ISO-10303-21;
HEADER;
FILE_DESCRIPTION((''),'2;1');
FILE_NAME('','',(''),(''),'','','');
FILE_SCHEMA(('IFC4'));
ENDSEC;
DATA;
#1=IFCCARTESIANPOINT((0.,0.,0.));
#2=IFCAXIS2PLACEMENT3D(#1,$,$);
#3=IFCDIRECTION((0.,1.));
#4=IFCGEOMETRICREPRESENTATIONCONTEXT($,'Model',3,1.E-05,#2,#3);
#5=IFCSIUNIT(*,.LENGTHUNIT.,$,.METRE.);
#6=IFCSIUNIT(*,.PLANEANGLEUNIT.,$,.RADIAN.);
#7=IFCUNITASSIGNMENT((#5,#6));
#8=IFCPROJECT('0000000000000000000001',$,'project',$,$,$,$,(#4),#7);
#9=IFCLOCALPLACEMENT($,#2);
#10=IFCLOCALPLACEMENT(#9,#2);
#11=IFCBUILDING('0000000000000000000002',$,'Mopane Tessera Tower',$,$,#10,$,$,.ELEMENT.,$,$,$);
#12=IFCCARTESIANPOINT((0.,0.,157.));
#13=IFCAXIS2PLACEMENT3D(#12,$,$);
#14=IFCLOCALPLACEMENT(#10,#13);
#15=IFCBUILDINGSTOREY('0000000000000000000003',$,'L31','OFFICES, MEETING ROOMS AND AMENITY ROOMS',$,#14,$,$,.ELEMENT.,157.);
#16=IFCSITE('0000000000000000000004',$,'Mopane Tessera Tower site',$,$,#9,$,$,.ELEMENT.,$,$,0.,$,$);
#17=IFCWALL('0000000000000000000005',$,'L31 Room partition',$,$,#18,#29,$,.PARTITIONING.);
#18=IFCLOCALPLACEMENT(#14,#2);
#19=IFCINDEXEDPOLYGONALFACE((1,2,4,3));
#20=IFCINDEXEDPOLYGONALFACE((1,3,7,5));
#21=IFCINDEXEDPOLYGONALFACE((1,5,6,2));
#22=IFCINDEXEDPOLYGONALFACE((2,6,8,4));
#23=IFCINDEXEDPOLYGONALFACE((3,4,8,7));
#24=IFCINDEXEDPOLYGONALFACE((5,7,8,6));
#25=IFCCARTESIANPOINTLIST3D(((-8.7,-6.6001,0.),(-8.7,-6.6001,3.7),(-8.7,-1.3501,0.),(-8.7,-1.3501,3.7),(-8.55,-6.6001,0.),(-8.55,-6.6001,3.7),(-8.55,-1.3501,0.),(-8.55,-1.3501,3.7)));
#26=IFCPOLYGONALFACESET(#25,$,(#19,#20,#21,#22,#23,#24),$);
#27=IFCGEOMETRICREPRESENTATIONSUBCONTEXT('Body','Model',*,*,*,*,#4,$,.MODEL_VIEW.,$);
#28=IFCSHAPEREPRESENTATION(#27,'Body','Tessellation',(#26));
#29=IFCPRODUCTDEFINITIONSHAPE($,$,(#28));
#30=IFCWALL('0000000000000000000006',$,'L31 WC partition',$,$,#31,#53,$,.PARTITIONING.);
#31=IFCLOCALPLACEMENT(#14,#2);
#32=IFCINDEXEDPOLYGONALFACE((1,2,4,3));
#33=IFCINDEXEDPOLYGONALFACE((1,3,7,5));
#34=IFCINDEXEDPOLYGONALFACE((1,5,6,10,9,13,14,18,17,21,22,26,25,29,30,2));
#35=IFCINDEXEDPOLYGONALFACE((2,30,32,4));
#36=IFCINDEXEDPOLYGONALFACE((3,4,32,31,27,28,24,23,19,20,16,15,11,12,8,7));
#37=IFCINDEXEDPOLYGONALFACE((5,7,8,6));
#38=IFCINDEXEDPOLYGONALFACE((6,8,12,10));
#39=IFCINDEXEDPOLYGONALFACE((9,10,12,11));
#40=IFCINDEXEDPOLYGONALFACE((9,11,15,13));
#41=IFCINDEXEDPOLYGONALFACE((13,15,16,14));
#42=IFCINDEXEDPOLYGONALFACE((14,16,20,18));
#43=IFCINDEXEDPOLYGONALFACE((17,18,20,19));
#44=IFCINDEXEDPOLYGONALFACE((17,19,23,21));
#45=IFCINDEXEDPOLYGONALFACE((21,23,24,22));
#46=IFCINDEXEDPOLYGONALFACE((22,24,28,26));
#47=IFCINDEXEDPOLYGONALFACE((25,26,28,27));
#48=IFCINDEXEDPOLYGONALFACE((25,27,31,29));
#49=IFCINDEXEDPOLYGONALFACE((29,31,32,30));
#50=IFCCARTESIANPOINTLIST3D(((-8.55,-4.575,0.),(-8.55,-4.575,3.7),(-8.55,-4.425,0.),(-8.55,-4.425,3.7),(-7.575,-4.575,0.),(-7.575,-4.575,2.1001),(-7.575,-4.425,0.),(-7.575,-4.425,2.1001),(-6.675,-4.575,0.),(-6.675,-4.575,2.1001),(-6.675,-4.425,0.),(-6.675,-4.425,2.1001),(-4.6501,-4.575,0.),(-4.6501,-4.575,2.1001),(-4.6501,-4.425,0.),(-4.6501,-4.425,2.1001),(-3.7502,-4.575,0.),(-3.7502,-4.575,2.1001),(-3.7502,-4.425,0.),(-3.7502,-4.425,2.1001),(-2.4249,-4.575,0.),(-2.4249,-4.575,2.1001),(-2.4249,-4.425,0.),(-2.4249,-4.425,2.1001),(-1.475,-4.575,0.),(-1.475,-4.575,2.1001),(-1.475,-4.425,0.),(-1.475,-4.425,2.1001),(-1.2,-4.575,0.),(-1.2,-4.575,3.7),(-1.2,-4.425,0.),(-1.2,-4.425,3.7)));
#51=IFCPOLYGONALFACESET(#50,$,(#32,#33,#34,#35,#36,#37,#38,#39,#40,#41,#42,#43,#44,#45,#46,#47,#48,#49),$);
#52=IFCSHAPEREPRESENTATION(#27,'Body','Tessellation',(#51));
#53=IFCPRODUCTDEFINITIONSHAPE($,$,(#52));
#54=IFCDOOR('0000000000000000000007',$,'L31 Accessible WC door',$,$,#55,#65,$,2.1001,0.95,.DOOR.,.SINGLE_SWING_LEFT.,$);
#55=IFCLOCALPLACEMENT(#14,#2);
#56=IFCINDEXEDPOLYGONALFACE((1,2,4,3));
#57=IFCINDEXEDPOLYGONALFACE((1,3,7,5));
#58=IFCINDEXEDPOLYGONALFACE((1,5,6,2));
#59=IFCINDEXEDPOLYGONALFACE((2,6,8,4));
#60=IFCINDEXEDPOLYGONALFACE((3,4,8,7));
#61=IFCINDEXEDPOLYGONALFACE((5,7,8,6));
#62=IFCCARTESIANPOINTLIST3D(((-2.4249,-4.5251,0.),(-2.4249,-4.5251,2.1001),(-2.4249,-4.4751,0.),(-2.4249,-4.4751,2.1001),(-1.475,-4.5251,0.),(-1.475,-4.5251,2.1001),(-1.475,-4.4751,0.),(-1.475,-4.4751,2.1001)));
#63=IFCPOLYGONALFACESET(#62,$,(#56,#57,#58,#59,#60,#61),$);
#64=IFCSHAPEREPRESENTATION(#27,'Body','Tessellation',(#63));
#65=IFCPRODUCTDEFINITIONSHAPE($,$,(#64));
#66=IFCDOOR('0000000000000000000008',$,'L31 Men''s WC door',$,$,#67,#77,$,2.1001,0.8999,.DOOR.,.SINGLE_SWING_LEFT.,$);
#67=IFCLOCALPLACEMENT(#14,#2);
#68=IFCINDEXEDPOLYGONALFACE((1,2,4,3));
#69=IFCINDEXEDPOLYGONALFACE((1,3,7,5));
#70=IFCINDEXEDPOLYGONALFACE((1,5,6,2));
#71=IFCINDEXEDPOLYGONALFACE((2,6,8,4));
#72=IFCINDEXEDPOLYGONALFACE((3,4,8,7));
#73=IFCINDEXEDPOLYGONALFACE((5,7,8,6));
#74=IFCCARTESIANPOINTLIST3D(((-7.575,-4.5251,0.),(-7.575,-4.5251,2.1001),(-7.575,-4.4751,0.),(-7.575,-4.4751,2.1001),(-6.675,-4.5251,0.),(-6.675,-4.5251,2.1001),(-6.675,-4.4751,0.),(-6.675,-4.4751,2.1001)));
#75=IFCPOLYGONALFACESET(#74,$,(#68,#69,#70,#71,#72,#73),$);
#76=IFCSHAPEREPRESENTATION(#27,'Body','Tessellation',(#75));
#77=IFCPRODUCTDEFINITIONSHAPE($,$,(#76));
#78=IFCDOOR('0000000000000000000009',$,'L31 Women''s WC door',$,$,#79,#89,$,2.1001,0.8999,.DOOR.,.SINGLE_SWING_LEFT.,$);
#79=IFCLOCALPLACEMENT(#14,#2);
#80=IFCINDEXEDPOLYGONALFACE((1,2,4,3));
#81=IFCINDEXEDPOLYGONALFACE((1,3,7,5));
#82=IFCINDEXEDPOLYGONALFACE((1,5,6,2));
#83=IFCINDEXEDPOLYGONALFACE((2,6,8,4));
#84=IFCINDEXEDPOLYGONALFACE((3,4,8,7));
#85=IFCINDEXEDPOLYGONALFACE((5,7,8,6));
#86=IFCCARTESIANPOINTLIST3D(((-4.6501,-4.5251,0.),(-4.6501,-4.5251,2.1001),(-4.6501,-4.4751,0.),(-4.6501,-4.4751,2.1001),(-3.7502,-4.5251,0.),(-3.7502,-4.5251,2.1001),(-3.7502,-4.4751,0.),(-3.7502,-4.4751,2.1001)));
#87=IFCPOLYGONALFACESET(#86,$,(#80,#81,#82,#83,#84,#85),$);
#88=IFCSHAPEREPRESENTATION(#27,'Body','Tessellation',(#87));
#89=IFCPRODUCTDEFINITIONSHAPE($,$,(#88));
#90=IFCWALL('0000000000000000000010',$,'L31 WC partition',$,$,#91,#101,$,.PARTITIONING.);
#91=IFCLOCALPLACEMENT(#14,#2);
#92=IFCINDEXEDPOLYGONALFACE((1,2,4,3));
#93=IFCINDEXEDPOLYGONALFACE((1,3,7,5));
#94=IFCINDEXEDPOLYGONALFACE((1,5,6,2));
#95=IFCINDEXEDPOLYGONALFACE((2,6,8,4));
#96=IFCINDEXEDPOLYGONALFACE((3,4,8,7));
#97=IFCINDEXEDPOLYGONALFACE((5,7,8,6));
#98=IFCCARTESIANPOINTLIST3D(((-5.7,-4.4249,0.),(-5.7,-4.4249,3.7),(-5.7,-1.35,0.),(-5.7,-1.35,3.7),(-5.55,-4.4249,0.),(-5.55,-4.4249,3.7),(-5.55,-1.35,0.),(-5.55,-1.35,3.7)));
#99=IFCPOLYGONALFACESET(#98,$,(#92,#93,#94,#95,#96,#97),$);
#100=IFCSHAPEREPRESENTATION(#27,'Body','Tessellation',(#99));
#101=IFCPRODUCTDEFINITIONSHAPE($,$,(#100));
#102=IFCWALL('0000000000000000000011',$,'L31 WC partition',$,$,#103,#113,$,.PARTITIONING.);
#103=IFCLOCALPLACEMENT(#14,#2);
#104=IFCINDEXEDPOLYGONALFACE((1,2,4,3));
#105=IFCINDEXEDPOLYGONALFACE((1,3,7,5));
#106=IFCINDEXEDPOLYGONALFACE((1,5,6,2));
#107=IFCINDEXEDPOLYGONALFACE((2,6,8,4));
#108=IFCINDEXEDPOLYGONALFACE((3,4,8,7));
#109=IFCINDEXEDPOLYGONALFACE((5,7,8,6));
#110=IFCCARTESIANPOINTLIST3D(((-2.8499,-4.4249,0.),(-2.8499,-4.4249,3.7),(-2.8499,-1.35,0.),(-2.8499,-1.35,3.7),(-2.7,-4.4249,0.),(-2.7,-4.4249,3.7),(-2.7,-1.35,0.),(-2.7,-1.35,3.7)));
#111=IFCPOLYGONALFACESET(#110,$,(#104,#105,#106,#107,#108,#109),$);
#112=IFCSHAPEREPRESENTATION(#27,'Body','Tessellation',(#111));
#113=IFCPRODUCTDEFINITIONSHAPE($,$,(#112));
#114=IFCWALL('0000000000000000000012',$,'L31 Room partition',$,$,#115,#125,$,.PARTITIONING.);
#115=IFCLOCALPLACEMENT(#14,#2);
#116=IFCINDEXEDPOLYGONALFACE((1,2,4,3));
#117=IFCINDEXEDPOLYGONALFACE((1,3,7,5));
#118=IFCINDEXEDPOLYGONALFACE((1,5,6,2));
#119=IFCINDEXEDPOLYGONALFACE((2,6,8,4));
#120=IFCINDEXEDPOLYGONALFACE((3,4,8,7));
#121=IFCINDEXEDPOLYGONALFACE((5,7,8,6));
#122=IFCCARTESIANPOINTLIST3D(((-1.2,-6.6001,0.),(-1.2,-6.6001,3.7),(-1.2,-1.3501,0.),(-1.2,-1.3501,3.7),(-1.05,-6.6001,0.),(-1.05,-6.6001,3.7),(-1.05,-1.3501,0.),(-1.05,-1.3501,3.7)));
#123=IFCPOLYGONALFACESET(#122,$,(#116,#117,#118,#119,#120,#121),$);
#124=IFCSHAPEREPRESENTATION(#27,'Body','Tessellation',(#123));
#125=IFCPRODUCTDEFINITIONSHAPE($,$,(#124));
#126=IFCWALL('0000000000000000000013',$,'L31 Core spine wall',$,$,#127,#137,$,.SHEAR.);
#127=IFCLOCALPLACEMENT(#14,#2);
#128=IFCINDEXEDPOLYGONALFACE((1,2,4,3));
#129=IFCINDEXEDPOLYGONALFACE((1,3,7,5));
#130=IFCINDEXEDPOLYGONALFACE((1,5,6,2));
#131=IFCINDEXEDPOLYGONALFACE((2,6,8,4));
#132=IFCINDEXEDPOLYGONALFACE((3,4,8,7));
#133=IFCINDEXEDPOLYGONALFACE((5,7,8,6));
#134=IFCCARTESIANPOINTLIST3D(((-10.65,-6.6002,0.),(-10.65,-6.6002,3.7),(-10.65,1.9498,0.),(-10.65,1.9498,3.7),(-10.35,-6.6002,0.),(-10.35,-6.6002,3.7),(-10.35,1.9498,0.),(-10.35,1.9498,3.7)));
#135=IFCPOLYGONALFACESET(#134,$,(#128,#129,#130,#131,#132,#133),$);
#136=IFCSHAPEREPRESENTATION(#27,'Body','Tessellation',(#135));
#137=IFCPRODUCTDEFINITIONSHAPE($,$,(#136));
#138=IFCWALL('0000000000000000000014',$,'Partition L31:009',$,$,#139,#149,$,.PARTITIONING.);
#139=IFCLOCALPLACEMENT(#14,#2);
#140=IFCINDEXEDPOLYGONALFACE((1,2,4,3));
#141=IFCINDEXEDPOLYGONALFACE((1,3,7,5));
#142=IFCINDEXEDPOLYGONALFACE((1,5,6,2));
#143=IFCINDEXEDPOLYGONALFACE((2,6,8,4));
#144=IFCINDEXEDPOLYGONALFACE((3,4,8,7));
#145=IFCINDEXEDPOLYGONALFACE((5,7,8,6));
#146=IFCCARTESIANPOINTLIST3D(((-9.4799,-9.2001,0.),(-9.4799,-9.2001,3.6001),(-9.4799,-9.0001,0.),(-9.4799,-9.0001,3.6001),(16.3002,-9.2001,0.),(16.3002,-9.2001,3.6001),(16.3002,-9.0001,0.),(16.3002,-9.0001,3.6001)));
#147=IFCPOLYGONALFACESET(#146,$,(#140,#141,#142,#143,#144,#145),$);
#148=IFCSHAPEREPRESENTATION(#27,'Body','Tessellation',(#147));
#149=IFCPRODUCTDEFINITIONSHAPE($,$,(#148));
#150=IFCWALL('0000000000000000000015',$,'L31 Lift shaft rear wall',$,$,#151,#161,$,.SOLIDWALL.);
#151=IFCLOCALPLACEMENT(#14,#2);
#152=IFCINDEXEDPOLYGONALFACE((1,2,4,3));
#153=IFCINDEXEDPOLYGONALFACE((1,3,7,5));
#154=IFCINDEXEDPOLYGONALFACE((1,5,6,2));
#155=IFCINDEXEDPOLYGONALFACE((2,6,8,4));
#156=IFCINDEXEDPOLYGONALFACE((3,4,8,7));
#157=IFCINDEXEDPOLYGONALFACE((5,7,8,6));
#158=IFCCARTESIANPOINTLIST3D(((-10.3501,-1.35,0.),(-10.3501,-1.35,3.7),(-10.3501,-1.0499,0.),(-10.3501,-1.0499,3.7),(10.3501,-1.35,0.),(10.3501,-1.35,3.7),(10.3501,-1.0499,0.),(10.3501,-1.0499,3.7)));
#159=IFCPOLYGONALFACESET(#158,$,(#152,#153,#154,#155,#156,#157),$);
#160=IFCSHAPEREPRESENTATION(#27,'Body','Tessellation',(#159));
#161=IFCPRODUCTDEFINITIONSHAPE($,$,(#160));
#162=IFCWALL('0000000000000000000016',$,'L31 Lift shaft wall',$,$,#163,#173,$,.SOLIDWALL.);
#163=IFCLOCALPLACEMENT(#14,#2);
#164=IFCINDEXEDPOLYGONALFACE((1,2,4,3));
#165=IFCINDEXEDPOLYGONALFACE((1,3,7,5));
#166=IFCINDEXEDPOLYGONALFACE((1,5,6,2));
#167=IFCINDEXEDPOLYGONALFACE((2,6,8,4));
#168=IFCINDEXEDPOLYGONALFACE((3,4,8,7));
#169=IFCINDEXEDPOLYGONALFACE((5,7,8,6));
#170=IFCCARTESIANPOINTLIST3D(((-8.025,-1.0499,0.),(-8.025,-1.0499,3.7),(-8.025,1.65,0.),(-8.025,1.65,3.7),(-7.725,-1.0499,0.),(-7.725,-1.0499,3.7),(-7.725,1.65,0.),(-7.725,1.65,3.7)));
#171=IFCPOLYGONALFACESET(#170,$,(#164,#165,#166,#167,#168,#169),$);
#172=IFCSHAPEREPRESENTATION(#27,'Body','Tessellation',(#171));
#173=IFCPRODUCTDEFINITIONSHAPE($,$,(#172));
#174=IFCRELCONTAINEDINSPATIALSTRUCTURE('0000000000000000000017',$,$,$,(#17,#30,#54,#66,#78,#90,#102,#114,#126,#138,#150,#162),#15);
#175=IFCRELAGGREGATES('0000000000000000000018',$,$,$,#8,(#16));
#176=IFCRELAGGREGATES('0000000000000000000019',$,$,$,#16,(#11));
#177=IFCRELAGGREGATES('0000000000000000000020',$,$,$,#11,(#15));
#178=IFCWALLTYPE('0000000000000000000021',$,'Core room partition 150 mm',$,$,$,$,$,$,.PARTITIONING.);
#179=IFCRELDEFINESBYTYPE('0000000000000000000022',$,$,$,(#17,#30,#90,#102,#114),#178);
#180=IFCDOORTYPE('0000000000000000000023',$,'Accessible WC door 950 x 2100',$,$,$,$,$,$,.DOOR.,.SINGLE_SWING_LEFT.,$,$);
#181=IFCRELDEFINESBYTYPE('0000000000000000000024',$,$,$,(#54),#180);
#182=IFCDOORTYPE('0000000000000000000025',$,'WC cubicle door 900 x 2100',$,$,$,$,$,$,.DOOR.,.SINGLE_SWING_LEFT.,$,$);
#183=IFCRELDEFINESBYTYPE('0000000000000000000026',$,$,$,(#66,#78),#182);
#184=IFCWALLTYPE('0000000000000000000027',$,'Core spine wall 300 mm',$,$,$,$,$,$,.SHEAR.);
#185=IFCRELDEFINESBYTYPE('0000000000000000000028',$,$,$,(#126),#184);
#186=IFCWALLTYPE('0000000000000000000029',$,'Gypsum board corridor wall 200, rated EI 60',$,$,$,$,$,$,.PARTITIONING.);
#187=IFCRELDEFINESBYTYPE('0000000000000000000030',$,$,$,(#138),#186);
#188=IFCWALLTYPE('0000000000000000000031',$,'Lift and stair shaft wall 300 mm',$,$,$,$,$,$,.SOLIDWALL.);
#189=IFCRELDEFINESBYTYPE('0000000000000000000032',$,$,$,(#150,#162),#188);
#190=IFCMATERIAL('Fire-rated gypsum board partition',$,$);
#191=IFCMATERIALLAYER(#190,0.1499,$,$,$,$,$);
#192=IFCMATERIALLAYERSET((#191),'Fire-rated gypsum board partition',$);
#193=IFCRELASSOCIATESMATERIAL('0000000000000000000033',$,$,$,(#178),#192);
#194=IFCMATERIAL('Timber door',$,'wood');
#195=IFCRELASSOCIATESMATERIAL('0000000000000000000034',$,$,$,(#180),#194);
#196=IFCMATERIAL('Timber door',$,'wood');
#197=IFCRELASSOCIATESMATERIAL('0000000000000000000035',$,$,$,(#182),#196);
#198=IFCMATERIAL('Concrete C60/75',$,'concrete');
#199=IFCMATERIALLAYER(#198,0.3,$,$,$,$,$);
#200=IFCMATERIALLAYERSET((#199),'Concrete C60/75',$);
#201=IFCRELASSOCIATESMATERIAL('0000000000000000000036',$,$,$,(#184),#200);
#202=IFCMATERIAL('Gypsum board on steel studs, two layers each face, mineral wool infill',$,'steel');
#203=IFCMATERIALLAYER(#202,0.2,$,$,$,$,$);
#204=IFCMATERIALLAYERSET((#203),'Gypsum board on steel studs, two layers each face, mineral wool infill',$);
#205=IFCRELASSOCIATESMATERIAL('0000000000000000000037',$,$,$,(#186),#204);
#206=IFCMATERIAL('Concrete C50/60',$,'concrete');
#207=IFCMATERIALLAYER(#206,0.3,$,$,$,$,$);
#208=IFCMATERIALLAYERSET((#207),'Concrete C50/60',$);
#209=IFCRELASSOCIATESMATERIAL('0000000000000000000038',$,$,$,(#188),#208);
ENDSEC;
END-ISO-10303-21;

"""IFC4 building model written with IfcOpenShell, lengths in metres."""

from ifc_helpers import new_model, si_unit, direction, frame, frame_2d, origin, place, context, subcontext, project, spatial, rectangle, extrude, material, layer, layer_set, type_object, element, fill, save


model = new_model("IFC4")

# Units and contexts
model_context = context("Model", 3, precision=1e-05, world=origin(), true_north=direction((0.0, 1.0)))
body_context = subcontext(model_context, "Body", "Model", "MODEL_VIEW")
ifc_project = project(units=[si_unit("LENGTHUNIT", "METRE"), si_unit("PLANEANGLEUNIT", "RADIAN")], contexts=[model_context])

# Site, building, storey
site_placement = place(None, origin())
site = spatial("IfcSite", under=ifc_project, at=site_placement, Name="Mopane Tessera Tower site", CompositionType="ELEMENT", RefElevation=0.0)
building_placement = place(site_placement, origin())
building = spatial("IfcBuilding", under=site, at=building_placement, Name="Mopane Tessera Tower", CompositionType="ELEMENT")
storey_placement = place(building_placement, frame((0.0, 0.0, 157.0)))
storey = spatial("IfcBuildingStorey", under=building, at=storey_placement, Name="L31", Description="OFFICES, MEETING ROOMS AND AMENITY ROOMS", CompositionType="ELEMENT", Elevation=157.0)

# Wall
ifc_material_1 = material(Name="Fire-rated gypsum board partition")
ifc_layer_1 = layer(ifc_material_1, 0.1499)
ifc_layer_set_1 = layer_set([ifc_layer_1], Name="Fire-rated gypsum board partition")
wall_type_1 = type_object("IfcWallType", Name="Core room partition 150 mm", PredefinedType="PARTITIONING", material=ifc_layer_set_1)
wall_1_placement = place(storey_placement, frame((-8.625, -6.6001, 0.0), z_axis=(0.0, 0.0, 1.0), x_axis=(0.0, 1.0, 0.0)))
element("IfcWall", 1, at=wall_1_placement, inside=storey, type_object=wall_type_1, Name="L31 Room partition", PredefinedType="PARTITIONING", context=body_context, shape_type="SweptSolid", body=[
    extrude(rectangle(XDim=5.25, YDim=0.1499, at=frame_2d((2.625, 0.0))), origin(), (0.0, 0.0, 1.0), 3.7),
])

# Wall, openings, doors
wall_2_placement = place(storey_placement, frame((-8.55, -4.5, 0.0), z_axis=(0.0, 0.0, 1.0), x_axis=(1.0, 0.0, 0.0)))
wall_2 = element("IfcWall", 2, at=wall_2_placement, inside=storey, type_object=wall_type_1, Name="L31 WC partition", PredefinedType="PARTITIONING", context=body_context, shape_type="SweptSolid", body=[
    extrude(rectangle(XDim=7.3501, YDim=0.1499, at=frame_2d((3.675, 0.0))), origin(), (0.0, 0.0, 1.0), 3.7),
])
opening_1_placement = place(wall_2_placement, frame((0.9751, 0.0, 0.0)))
opening_1 = element("IfcOpeningElement", 3, at=opening_1_placement, cuts=wall_2, PredefinedType="OPENING", context=body_context, shape_type="SweptSolid", body=[
    extrude(rectangle(XDim=0.8999, YDim=2.1001, at=frame_2d((0.45, 1.05))), frame((0.0, 0.0869, 0.0), z_axis=(0.0, -1.0, 0.0), x_axis=(1.0, 0.0, 0.0)), (0.0, 0.0, 1.0), 0.1738),
])
opening_2_placement = place(wall_2_placement, frame((3.8999, 0.0, 0.0)))
opening_2 = element("IfcOpeningElement", 4, at=opening_2_placement, cuts=wall_2, PredefinedType="OPENING", context=body_context, shape_type="SweptSolid", body=[
    extrude(rectangle(XDim=0.8999, YDim=2.1001, at=frame_2d((0.45, 1.05))), frame((0.0, 0.0869, 0.0), z_axis=(0.0, -1.0, 0.0), x_axis=(1.0, 0.0, 0.0)), (0.0, 0.0, 1.0), 0.1738),
])
opening_3_placement = place(wall_2_placement, frame((6.125, 0.0, 0.0)))
opening_3 = element("IfcOpeningElement", 5, at=opening_3_placement, cuts=wall_2, PredefinedType="OPENING", context=body_context, shape_type="SweptSolid", body=[
    extrude(rectangle(XDim=0.95, YDim=2.1001, at=frame_2d((0.4751, 1.05))), frame((0.0, 0.0869, 0.0), z_axis=(0.0, -1.0, 0.0), x_axis=(1.0, 0.0, 0.0)), (0.0, 0.0, 1.0), 0.1738),
])
ifc_material_2 = material(Name="Timber door", Category="wood")
door_type_1 = type_object("IfcDoorType", Name="Accessible WC door 950 x 2100", OperationType="SINGLE_SWING_LEFT", PredefinedType="DOOR", material=ifc_material_2)
door_1_placement = place(opening_3_placement, origin())
door_1 = element("IfcDoor", 6, at=door_1_placement, inside=storey, type_object=door_type_1, Name="L31 Accessible WC door", OperationType="SINGLE_SWING_LEFT", OverallHeight=2.1001, OverallWidth=0.95, PredefinedType="DOOR", context=body_context, shape_type="SweptSolid", body=[
    extrude(rectangle(XDim=0.95, YDim=2.1001, at=frame_2d((0.4751, 1.05))), frame((0.0, 0.0249, 0.0), z_axis=(0.0, -1.0, 0.0), x_axis=(1.0, 0.0, 0.0)), (0.0, 0.0, 1.0), 0.05),
])
fill(opening_3, door_1)
ifc_material_3 = material(Name="Timber door", Category="wood")
door_type_2 = type_object("IfcDoorType", Name="WC cubicle door 900 x 2100", OperationType="SINGLE_SWING_LEFT", PredefinedType="DOOR", material=ifc_material_3)
door_2_placement = place(opening_1_placement, origin())
door_2 = element("IfcDoor", 7, at=door_2_placement, inside=storey, type_object=door_type_2, Name="L31 Men's WC door", OperationType="SINGLE_SWING_LEFT", OverallHeight=2.1001, OverallWidth=0.8999, PredefinedType="DOOR", context=body_context, shape_type="SweptSolid", body=[
    extrude(rectangle(XDim=0.8999, YDim=2.1001, at=frame_2d((0.45, 1.05))), frame((0.0, 0.0249, 0.0), z_axis=(0.0, -1.0, 0.0), x_axis=(1.0, 0.0, 0.0)), (0.0, 0.0, 1.0), 0.05),
])
fill(opening_1, door_2)
door_3_placement = place(opening_2_placement, origin())
door_3 = element("IfcDoor", 8, at=door_3_placement, inside=storey, type_object=door_type_2, Name="L31 Women's WC door", OperationType="SINGLE_SWING_LEFT", OverallHeight=2.1001, OverallWidth=0.8999, PredefinedType="DOOR", context=body_context, shape_type="SweptSolid", body=[
    extrude(rectangle(XDim=0.8999, YDim=2.1001, at=frame_2d((0.45, 1.05))), frame((0.0, 0.0249, 0.0), z_axis=(0.0, -1.0, 0.0), x_axis=(1.0, 0.0, 0.0)), (0.0, 0.0, 1.0), 0.05),
])
fill(opening_2, door_3)

# Walls
for number, where, z_axis, x_axis, name in (
    (9, (-5.625, -4.425, 0.0), (0.0, 0.0, 1.0), (0.0, 1.0, 0.0), "L31 WC partition"),
    (10, (-2.7749, -4.425, 0.0), (0.0, 0.0, 1.0), (0.0, 1.0, 0.0), "L31 WC partition"),
):
    element("IfcWall", number, at=place(storey_placement, frame(where, z_axis=z_axis, x_axis=x_axis)), inside=storey, type_object=wall_type_1, Name=name, PredefinedType="PARTITIONING", context=body_context, shape_type="SweptSolid", body=[
        extrude(rectangle(XDim=3.075, YDim=0.1499, at=frame_2d((1.5376, 0.0))), origin(), (0.0, 0.0, 1.0), 3.7),
    ])
wall_3_placement = place(storey_placement, frame((-1.125, -6.6001, 0.0), z_axis=(0.0, 0.0, 1.0), x_axis=(0.0, 1.0, 0.0)))
element("IfcWall", 11, at=wall_3_placement, inside=storey, type_object=wall_type_1, Name="L31 Room partition", PredefinedType="PARTITIONING", context=body_context, shape_type="SweptSolid", body=[
    extrude(rectangle(XDim=5.25, YDim=0.1499, at=frame_2d((2.625, 0.0))), origin(), (0.0, 0.0, 1.0), 3.7),
])
ifc_material_4 = material(Name="Concrete C60/75", Category="concrete")
ifc_layer_2 = layer(ifc_material_4, 0.3)
ifc_layer_set_2 = layer_set([ifc_layer_2], Name="Concrete C60/75")
wall_type_2 = type_object("IfcWallType", Name="Core spine wall 300 mm", PredefinedType="SHEAR", material=ifc_layer_set_2)
wall_4_placement = place(storey_placement, frame((-10.5, -6.6001, 0.0), z_axis=(0.0, 0.0, 1.0), x_axis=(0.0, 1.0, 0.0)))
element("IfcWall", 12, at=wall_4_placement, inside=storey, type_object=wall_type_2, Name="L31 Core spine wall", PredefinedType="SHEAR", context=body_context, shape_type="SweptSolid", body=[
    extrude(rectangle(XDim=8.55, YDim=0.3, at=frame_2d((4.2749, 0.0))), origin(), (0.0, 0.0, 1.0), 3.7),
])
ifc_material_5 = material(Name="Gypsum board on steel studs, two layers each face, mineral wool infill", Category="steel")
ifc_layer_3 = layer(ifc_material_5, 0.2)
ifc_layer_set_3 = layer_set([ifc_layer_3], Name="Gypsum board on steel studs, two layers each face, mineral wool infill")
wall_type_3 = type_object("IfcWallType", Name="Gypsum board corridor wall 200, rated EI 60", PredefinedType="PARTITIONING", material=ifc_layer_set_3)
wall_5_placement = place(storey_placement, frame((-9.48, -9.1001, 0.0), z_axis=(0.0, 0.0, 1.0), x_axis=(1.0, 0.0, 0.0)))
element("IfcWall", 13, at=wall_5_placement, inside=storey, type_object=wall_type_3, Name="Partition L31:009", PredefinedType="PARTITIONING", context=body_context, shape_type="SweptSolid", body=[
    extrude(rectangle(XDim=25.78, YDim=0.2, at=frame_2d((12.8901, 0.0))), origin(), (0.0, 0.0, 1.0), 3.6001),
])
ifc_material_6 = material(Name="Concrete C50/60", Category="concrete")
ifc_layer_4 = layer(ifc_material_6, 0.3)
ifc_layer_set_4 = layer_set([ifc_layer_4], Name="Concrete C50/60")
wall_type_4 = type_object("IfcWallType", Name="Lift and stair shaft wall 300 mm", PredefinedType="SOLIDWALL", material=ifc_layer_set_4)
wall_6_placement = place(storey_placement, frame((-10.3501, -1.2, 0.0), z_axis=(0.0, 0.0, 1.0), x_axis=(1.0, 0.0, 0.0)))
element("IfcWall", 14, at=wall_6_placement, inside=storey, type_object=wall_type_4, Name="L31 Lift shaft rear wall", PredefinedType="SOLIDWALL", context=body_context, shape_type="SweptSolid", body=[
    extrude(rectangle(XDim=20.7002, YDim=0.3, at=frame_2d((10.3501, 0.0))), origin(), (0.0, 0.0, 1.0), 3.7),
])
for number, where, z_axis, x_axis, name in (
    (15, (-7.875, -1.05, 0.0), (0.0, 0.0, 1.0), (0.0, 1.0, 0.0), "L31 Lift shaft wall"),
):
    element("IfcWall", number, at=place(storey_placement, frame(where, z_axis=z_axis, x_axis=x_axis)), inside=storey, type_object=wall_type_4, Name=name, PredefinedType="SOLIDWALL", context=body_context, shape_type="SweptSolid", body=[
        extrude(rectangle(XDim=2.7, YDim=0.3, at=frame_2d((1.3501, 0.0))), origin(), (0.0, 0.0, 1.0), 3.7),
    ])

save(model, "model.ifc")
